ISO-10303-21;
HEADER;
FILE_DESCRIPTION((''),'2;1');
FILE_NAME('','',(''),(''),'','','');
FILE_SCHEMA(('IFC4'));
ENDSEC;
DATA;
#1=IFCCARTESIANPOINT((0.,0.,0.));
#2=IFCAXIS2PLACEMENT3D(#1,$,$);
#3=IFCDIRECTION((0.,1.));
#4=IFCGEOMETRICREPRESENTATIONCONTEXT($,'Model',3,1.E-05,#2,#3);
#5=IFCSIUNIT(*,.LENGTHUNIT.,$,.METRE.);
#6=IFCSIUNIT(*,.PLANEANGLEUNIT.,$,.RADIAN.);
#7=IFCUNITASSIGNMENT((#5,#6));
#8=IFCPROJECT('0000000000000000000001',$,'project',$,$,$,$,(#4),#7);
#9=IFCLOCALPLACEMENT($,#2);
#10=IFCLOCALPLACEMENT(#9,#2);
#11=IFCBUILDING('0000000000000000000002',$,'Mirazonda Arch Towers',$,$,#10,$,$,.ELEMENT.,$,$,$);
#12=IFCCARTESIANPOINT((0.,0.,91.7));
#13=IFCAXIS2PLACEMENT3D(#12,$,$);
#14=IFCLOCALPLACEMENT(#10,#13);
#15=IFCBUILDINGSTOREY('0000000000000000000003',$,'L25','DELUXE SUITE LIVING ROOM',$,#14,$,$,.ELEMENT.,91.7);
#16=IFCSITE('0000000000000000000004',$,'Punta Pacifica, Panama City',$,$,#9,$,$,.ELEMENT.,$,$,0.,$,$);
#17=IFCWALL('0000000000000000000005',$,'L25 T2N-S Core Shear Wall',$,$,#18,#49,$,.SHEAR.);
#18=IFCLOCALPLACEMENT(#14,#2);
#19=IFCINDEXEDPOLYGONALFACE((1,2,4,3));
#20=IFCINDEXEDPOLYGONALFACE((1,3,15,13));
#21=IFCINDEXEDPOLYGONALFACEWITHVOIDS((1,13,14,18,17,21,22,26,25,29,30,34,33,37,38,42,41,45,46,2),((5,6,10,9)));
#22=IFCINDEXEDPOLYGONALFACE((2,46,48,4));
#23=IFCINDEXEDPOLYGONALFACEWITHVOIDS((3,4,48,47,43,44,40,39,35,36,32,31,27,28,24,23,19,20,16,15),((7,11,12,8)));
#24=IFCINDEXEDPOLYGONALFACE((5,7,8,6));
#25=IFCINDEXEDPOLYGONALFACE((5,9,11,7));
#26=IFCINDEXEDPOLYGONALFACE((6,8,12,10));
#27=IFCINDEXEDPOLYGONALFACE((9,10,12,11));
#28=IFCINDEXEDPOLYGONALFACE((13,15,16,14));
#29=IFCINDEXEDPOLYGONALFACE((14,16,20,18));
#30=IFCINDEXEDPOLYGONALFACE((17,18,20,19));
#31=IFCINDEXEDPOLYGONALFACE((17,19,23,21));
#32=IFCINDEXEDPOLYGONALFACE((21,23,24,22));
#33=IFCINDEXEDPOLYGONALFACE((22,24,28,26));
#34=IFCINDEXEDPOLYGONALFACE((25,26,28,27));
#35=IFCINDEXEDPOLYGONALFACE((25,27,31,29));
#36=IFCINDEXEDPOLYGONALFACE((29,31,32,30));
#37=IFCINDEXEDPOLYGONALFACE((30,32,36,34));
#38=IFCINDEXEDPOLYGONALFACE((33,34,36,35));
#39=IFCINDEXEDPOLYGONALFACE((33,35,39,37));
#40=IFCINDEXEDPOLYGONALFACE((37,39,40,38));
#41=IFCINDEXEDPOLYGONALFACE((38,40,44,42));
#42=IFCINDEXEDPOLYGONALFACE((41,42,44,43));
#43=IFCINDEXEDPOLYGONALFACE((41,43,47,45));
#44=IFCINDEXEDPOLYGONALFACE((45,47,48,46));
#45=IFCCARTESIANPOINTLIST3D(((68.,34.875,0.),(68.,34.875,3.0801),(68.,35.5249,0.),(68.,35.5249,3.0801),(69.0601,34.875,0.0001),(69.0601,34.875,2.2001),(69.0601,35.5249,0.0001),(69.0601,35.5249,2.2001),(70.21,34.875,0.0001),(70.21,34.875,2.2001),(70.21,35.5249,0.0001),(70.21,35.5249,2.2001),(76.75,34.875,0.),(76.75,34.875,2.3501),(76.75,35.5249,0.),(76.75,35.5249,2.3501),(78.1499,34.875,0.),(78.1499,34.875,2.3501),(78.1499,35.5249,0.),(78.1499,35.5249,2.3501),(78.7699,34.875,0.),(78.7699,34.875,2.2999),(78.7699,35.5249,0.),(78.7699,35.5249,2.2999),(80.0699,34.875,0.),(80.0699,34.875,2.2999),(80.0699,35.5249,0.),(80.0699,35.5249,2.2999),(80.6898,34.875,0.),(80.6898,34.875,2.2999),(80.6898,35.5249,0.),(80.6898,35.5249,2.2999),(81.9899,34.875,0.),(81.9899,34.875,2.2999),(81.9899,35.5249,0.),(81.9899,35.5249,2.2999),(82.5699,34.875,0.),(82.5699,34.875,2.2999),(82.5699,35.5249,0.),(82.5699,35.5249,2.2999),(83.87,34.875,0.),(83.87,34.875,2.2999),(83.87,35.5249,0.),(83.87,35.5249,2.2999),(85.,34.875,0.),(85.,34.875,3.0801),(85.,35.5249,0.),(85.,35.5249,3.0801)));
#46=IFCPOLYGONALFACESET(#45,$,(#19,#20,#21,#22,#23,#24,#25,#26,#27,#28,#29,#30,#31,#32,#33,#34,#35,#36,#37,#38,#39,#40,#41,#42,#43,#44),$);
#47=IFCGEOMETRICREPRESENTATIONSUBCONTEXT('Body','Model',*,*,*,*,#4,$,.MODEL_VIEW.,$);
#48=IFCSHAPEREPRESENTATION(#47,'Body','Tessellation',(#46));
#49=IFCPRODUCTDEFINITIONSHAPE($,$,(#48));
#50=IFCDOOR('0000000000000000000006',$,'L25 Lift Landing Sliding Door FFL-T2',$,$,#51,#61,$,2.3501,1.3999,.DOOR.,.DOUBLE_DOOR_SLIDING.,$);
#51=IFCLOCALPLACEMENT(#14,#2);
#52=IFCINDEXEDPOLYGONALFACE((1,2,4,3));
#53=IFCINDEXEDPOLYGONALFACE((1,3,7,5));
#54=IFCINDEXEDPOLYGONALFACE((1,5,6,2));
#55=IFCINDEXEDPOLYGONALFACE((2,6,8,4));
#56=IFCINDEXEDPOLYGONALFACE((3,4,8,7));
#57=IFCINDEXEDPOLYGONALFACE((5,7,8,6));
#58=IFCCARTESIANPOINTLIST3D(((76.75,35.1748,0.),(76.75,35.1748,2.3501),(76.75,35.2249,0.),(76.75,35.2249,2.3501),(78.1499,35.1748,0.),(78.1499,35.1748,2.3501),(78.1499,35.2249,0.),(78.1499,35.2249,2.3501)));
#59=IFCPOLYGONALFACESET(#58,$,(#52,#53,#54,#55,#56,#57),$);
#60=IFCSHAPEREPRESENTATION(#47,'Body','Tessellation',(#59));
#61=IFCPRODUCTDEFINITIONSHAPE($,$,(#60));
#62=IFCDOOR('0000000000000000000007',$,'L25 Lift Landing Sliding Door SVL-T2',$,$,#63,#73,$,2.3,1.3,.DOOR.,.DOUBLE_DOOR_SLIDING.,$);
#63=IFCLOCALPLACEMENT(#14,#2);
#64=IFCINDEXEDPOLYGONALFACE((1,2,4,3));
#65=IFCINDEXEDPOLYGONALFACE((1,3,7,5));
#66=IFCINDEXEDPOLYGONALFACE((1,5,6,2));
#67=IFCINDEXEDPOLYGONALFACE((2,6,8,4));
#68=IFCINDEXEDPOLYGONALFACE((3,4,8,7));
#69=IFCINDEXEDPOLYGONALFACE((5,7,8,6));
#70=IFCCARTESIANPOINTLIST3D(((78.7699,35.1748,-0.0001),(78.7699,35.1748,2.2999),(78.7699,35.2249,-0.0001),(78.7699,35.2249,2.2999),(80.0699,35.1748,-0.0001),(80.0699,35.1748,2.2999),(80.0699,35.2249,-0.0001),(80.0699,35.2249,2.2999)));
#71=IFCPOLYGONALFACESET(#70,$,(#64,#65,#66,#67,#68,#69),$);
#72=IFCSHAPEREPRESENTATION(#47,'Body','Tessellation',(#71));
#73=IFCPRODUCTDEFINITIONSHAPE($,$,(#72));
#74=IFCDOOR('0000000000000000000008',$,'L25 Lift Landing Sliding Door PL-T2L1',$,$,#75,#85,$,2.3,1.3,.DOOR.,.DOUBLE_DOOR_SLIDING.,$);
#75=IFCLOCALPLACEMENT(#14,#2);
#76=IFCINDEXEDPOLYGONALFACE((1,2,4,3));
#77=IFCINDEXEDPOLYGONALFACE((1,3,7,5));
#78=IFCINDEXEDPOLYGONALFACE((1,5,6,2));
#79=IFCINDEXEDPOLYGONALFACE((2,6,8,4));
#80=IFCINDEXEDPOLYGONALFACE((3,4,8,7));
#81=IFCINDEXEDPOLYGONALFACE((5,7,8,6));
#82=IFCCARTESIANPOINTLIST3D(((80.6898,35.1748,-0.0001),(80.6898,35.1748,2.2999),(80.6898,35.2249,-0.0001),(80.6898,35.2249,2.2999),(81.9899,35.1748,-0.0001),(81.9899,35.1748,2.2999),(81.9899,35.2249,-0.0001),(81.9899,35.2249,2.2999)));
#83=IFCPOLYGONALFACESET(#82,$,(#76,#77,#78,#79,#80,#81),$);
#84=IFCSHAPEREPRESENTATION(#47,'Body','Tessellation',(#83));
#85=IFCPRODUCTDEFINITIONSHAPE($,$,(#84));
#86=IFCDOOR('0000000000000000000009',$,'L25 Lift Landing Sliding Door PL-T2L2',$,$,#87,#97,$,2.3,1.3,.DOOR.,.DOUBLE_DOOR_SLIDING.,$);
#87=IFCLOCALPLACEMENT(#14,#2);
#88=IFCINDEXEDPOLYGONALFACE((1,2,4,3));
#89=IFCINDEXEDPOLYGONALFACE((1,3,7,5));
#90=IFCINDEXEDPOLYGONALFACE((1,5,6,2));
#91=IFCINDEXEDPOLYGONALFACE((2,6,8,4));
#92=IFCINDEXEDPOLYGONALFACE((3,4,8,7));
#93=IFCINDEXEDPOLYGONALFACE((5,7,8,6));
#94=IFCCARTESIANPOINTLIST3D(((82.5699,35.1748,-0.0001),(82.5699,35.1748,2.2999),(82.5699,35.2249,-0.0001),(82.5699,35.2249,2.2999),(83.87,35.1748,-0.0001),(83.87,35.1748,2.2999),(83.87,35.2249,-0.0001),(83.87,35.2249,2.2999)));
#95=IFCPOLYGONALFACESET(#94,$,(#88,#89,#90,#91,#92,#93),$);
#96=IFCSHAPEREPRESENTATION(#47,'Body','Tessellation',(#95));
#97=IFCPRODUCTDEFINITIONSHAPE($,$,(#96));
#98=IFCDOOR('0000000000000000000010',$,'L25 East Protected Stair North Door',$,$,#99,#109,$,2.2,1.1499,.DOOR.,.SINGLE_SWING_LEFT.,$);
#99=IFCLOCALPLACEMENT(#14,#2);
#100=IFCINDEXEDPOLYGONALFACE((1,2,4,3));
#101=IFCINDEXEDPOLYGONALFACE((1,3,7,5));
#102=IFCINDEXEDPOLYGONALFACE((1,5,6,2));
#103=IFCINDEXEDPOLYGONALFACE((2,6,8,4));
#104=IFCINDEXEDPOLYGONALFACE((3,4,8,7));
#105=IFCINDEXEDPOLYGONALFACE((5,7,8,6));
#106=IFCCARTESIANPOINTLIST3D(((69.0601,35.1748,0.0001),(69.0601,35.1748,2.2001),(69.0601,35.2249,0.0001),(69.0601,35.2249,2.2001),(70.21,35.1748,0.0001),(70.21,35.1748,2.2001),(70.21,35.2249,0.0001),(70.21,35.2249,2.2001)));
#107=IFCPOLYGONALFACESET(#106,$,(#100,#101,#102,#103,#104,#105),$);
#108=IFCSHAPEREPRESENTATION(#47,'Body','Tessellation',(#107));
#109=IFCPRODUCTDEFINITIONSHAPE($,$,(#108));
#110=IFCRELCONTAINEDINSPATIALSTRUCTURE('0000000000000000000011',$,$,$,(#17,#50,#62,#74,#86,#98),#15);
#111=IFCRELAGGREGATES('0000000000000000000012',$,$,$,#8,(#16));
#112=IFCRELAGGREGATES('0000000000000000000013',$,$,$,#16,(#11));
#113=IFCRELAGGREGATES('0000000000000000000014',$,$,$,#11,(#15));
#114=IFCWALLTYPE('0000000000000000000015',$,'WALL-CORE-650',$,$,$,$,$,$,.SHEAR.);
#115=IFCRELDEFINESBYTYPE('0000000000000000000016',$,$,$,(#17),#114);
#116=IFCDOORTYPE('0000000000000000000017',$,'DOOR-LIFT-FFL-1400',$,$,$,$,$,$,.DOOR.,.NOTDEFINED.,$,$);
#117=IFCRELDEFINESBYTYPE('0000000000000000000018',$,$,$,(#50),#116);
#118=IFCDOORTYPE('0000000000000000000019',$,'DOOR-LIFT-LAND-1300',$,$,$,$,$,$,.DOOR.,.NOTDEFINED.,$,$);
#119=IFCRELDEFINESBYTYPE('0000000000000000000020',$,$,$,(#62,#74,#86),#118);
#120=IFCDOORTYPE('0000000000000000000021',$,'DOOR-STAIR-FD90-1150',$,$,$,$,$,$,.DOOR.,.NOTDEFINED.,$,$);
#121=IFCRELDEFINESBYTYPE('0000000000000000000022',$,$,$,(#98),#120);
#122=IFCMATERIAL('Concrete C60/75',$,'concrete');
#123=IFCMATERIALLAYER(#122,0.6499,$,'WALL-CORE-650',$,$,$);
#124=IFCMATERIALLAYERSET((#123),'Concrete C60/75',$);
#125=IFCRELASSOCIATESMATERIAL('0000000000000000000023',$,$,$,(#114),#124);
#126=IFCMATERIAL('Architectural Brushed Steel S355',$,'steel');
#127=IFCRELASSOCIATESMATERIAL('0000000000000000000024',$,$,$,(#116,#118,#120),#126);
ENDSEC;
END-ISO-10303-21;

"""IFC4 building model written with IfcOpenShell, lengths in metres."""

from ifc_helpers import new_model, si_unit, direction, frame, frame_2d, origin, place, context, subcontext, project, spatial, rectangle, extrude, material, layer, layer_set, type_object, element, fill, save


model = new_model("IFC4")

# Units and contexts
model_context = context("Model", 3, precision=1e-05, world=origin(), true_north=direction((0.0, 1.0)))
body_context = subcontext(model_context, "Body", "Model", "MODEL_VIEW")
ifc_project = project(units=[si_unit("LENGTHUNIT", "METRE"), si_unit("PLANEANGLEUNIT", "RADIAN")], contexts=[model_context])

# Site, building, storey
site_placement = place(None, origin())
site = spatial("IfcSite", under=ifc_project, at=site_placement, Name="Punta Pacifica, Panama City", CompositionType="ELEMENT", RefElevation=0.0)
building_placement = place(site_placement, origin())
building = spatial("IfcBuilding", under=site, at=building_placement, Name="Mirazonda Arch Towers", CompositionType="ELEMENT")
storey_placement = place(building_placement, frame((0.0, 0.0, 91.7)))
storey = spatial("IfcBuildingStorey", under=building, at=storey_placement, Name="L25", Description="DELUXE SUITE LIVING ROOM", CompositionType="ELEMENT", Elevation=91.7)

# Shared definitions
ifc_material_1 = material(Name="Concrete C60/75", Category="concrete")
ifc_layer_1 = layer(ifc_material_1, 0.6499, Name="WALL-CORE-650")
ifc_layer_set_1 = layer_set([ifc_layer_1], Name="Concrete C60/75")
wall_type_1 = type_object("IfcWallType", Name="WALL-CORE-650", PredefinedType="SHEAR", material=ifc_layer_set_1)

# Wall, openings, doors
wall_1_placement = place(storey_placement, frame((68.0, 35.2, 0.0), z_axis=(0.0, 0.0, 1.0), x_axis=(1.0, 0.0, 0.0)))
wall_1 = element("IfcWall", 1, at=wall_1_placement, inside=storey, type_object=wall_type_1, Name="L25 T2N-S Core Shear Wall", PredefinedType="SHEAR", context=body_context, shape_type="SweptSolid", body=[
    extrude(rectangle(XDim=17.0, YDim=0.6499, at=frame_2d((8.5, 0.0))), origin(), (0.0, 0.0, 1.0), 3.0801),
])
opening_1_placement = place(wall_1_placement, frame((1.0601, 0.0, 0.0)))
opening_1 = element("IfcOpeningElement", 2, at=opening_1_placement, cuts=wall_1, PredefinedType="OPENING", context=body_context, shape_type="SweptSolid", body=[
    extrude(rectangle(XDim=1.1499, YDim=2.2, at=frame_2d((0.575, 1.1001))), frame((0.0, 0.335, 0.0), z_axis=(0.0, -1.0, 0.0), x_axis=(1.0, 0.0, 0.0)), (0.0, 0.0, 1.0), 0.6699),
])
opening_2_placement = place(wall_1_placement, frame((8.75, 0.0, 0.0)))
opening_2 = element("IfcOpeningElement", 3, at=opening_2_placement, cuts=wall_1, PredefinedType="OPENING", context=body_context, shape_type="SweptSolid", body=[
    extrude(rectangle(XDim=1.3999, YDim=2.3501, at=frame_2d((0.7, 1.175))), frame((0.0, 0.335, 0.0), z_axis=(0.0, -1.0, 0.0), x_axis=(1.0, 0.0, 0.0)), (0.0, 0.0, 1.0), 0.6699),
])
opening_3_placement = place(wall_1_placement, frame((10.77, 0.0, 0.0)))
opening_3 = element("IfcOpeningElement", 4, at=opening_3_placement, cuts=wall_1, PredefinedType="OPENING", context=body_context, shape_type="SweptSolid", body=[
    extrude(rectangle(XDim=1.3, YDim=2.3, at=frame_2d((0.6499, 1.1499))), frame((0.0, 0.335, 0.0), z_axis=(0.0, -1.0, 0.0), x_axis=(1.0, 0.0, 0.0)), (0.0, 0.0, 1.0), 0.6699),
])
opening_4_placement = place(wall_1_placement, frame((12.6899, 0.0, 0.0)))
opening_4 = element("IfcOpeningElement", 5, at=opening_4_placement, cuts=wall_1, PredefinedType="OPENING", context=body_context, shape_type="SweptSolid", body=[
    extrude(rectangle(XDim=1.3, YDim=2.3, at=frame_2d((0.6499, 1.1499))), frame((0.0, 0.335, 0.0), z_axis=(0.0, -1.0, 0.0), x_axis=(1.0, 0.0, 0.0)), (0.0, 0.0, 1.0), 0.6699),
])
opening_5_placement = place(wall_1_placement, frame((14.5701, 0.0, 0.0)))
opening_5 = element("IfcOpeningElement", 6, at=opening_5_placement, cuts=wall_1, PredefinedType="OPENING", context=body_context, shape_type="SweptSolid", body=[
    extrude(rectangle(XDim=1.3, YDim=2.3, at=frame_2d((0.6499, 1.1499))), frame((0.0, 0.335, 0.0), z_axis=(0.0, -1.0, 0.0), x_axis=(1.0, 0.0, 0.0)), (0.0, 0.0, 1.0), 0.6699),
])
ifc_material_2 = material(Name="Architectural Brushed Steel S355", Category="steel")
door_type_1 = type_object("IfcDoorType", Name="DOOR-LIFT-FFL-1400", OperationType="NOTDEFINED", PredefinedType="DOOR", material=ifc_material_2)
door_1_placement = place(opening_2_placement, origin())
door_1 = element("IfcDoor", 7, at=door_1_placement, inside=storey, type_object=door_type_1, Name="L25 Lift Landing Sliding Door FFL-T2", OperationType="DOUBLE_DOOR_SLIDING", OverallHeight=2.3501, OverallWidth=1.3999, PredefinedType="DOOR", context=body_context, shape_type="SweptSolid", body=[
    extrude(rectangle(XDim=1.3999, YDim=2.3501, at=frame_2d((0.7, 1.175))), frame((0.0, 0.0249, 0.0), z_axis=(0.0, -1.0, 0.0), x_axis=(1.0, 0.0, 0.0)), (0.0, 0.0, 1.0), 0.05),
])
fill(opening_2, door_1)
door_type_2 = type_object("IfcDoorType", Name="DOOR-LIFT-LAND-1300", OperationType="NOTDEFINED", PredefinedType="DOOR", material=ifc_material_2)
door_2_placement = place(opening_3_placement, origin())
door_2 = element("IfcDoor", 8, at=door_2_placement, inside=storey, type_object=door_type_2, Name="L25 Lift Landing Sliding Door SVL-T2", OperationType="DOUBLE_DOOR_SLIDING", OverallHeight=2.3, OverallWidth=1.3, PredefinedType="DOOR", context=body_context, shape_type="SweptSolid", body=[
    extrude(rectangle(XDim=1.3, YDim=2.3, at=frame_2d((0.6499, 1.1499))), frame((0.0, 0.0249, 0.0), z_axis=(0.0, -1.0, 0.0), x_axis=(1.0, 0.0, 0.0)), (0.0, 0.0, 1.0), 0.05),
])
fill(opening_3, door_2)
door_3_placement = place(opening_4_placement, origin())
door_3 = element("IfcDoor", 9, at=door_3_placement, inside=storey, type_object=door_type_2, Name="L25 Lift Landing Sliding Door PL-T2L1", OperationType="DOUBLE_DOOR_SLIDING", OverallHeight=2.3, OverallWidth=1.3, PredefinedType="DOOR", context=body_context, shape_type="SweptSolid", body=[
    extrude(rectangle(XDim=1.3, YDim=2.3, at=frame_2d((0.6499, 1.1499))), frame((0.0, 0.0249, 0.0), z_axis=(0.0, -1.0, 0.0), x_axis=(1.0, 0.0, 0.0)), (0.0, 0.0, 1.0), 0.05),
])
fill(opening_4, door_3)
door_4_placement = place(opening_5_placement, origin())
door_4 = element("IfcDoor", 10, at=door_4_placement, inside=storey, type_object=door_type_2, Name="L25 Lift Landing Sliding Door PL-T2L2", OperationType="DOUBLE_DOOR_SLIDING", OverallHeight=2.3, OverallWidth=1.3, PredefinedType="DOOR", context=body_context, shape_type="SweptSolid", body=[
    extrude(rectangle(XDim=1.3, YDim=2.3, at=frame_2d((0.6499, 1.1499))), frame((0.0, 0.0249, 0.0), z_axis=(0.0, -1.0, 0.0), x_axis=(1.0, 0.0, 0.0)), (0.0, 0.0, 1.0), 0.05),
])
fill(opening_5, door_4)
door_type_3 = type_object("IfcDoorType", Name="DOOR-STAIR-FD90-1150", OperationType="NOTDEFINED", PredefinedType="DOOR", material=ifc_material_2)
door_5_placement = place(opening_1_placement, origin())
door_5 = element("IfcDoor", 11, at=door_5_placement, inside=storey, type_object=door_type_3, Name="L25 East Protected Stair North Door", OperationType="SINGLE_SWING_LEFT", OverallHeight=2.2, OverallWidth=1.1499, PredefinedType="DOOR", context=body_context, shape_type="SweptSolid", body=[
    extrude(rectangle(XDim=1.1499, YDim=2.2, at=frame_2d((0.575, 1.1001))), frame((0.0, 0.0249, 0.0), z_axis=(0.0, -1.0, 0.0), x_axis=(1.0, 0.0, 0.0)), (0.0, 0.0, 1.0), 0.05),
])
fill(opening_1, door_5)

save(model, "model.ifc")
